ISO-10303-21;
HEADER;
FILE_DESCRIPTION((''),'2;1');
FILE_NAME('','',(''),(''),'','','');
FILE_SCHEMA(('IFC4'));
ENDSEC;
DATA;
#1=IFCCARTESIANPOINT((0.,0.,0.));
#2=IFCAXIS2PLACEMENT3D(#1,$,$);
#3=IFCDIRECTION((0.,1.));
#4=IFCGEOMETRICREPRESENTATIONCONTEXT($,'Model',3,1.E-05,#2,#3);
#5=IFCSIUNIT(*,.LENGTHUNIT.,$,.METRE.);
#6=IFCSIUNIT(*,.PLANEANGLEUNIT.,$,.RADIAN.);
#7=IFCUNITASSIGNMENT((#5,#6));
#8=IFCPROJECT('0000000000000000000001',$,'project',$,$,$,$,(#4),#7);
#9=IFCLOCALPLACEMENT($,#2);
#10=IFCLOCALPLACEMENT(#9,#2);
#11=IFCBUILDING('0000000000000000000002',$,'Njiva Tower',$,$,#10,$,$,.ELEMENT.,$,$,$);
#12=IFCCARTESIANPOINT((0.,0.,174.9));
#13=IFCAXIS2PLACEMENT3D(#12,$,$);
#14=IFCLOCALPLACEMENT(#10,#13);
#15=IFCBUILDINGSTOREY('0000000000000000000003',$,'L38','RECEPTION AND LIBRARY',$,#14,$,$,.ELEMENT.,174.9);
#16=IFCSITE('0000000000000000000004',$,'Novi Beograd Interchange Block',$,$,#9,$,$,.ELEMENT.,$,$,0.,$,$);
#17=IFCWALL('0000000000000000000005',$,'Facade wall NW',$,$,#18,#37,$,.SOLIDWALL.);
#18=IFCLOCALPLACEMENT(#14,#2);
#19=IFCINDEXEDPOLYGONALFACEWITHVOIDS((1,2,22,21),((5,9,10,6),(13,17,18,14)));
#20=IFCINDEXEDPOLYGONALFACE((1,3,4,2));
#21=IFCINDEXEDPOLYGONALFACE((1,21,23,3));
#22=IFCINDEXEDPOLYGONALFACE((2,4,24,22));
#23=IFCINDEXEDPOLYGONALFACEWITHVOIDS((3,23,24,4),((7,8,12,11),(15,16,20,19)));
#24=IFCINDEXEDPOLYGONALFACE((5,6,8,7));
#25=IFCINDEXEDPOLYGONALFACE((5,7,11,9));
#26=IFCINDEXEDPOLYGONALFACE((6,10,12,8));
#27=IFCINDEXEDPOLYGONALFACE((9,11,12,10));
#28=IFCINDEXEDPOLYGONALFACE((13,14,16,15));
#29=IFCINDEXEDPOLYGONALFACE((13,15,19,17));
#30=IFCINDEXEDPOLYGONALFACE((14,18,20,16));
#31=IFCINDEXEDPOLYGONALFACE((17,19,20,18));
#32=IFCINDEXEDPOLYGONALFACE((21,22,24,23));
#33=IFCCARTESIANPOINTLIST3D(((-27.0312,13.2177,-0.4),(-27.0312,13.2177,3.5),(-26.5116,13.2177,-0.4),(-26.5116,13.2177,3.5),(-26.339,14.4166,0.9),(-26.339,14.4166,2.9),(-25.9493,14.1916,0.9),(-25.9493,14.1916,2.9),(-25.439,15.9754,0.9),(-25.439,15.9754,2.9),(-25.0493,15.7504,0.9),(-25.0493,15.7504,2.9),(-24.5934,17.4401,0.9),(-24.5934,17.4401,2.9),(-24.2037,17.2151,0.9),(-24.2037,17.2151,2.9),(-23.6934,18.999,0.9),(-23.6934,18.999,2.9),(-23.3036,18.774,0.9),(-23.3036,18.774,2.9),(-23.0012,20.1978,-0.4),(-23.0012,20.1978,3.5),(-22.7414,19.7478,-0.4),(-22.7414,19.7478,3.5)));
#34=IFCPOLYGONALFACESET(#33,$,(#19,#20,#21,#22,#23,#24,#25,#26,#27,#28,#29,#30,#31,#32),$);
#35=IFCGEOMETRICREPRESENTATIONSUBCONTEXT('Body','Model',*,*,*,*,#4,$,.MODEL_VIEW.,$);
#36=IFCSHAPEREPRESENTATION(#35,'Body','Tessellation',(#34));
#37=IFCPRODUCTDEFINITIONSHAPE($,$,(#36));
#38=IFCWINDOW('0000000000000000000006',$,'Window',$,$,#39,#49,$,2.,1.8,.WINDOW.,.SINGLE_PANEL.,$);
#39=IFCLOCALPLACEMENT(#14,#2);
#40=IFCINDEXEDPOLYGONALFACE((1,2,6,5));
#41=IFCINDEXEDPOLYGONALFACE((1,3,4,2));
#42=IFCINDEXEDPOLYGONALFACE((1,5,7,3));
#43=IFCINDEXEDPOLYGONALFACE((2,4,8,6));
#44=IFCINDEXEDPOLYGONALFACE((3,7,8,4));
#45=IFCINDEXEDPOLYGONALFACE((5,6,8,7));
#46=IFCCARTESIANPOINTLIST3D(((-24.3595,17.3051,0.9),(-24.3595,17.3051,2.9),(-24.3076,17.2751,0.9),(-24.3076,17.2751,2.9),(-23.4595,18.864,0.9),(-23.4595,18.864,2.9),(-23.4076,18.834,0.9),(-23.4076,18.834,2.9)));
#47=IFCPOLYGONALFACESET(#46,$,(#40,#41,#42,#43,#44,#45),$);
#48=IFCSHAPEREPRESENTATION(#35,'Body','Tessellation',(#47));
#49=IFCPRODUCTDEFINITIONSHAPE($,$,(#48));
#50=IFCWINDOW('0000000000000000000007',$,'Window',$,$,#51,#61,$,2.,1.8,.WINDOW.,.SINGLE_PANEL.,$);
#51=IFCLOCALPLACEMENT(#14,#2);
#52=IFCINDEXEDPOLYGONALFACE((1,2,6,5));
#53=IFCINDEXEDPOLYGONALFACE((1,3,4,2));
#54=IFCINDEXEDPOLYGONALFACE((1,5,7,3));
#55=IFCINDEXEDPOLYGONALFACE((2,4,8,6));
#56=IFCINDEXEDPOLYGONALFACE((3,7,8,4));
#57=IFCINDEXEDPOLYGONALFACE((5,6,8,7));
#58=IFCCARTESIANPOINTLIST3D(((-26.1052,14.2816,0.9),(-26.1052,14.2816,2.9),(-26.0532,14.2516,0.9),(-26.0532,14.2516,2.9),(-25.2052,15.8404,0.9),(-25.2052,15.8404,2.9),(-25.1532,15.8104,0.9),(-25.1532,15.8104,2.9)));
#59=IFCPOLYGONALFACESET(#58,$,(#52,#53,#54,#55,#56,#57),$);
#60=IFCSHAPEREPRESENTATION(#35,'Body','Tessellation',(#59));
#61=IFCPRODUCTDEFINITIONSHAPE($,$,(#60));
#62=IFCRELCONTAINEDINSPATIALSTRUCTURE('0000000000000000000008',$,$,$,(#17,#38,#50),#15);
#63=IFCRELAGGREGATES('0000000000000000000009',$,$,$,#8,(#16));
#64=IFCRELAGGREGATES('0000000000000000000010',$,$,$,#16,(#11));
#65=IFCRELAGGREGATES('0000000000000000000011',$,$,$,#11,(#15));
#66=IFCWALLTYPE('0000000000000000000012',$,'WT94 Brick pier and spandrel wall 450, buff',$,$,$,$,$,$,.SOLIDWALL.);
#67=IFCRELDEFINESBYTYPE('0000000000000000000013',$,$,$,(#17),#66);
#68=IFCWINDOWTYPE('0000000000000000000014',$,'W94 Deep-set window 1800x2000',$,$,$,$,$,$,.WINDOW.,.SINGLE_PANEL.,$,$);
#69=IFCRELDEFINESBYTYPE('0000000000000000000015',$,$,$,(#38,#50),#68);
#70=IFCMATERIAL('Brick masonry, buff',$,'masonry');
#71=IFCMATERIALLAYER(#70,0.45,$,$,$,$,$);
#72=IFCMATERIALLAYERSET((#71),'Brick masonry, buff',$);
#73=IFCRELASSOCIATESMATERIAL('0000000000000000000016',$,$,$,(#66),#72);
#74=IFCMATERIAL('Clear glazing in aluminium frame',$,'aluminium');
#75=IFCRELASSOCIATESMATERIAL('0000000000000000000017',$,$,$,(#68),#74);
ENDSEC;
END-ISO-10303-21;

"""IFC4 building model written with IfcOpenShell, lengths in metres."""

from ifc_helpers import new_model, si_unit, direction, frame, frame_2d, origin, place, context, subcontext, project, spatial, polyline, rectangle, outline, extrude, material, layer, layer_set, type_object, element, fill, save


model = new_model("IFC4")

# Units and contexts
model_context = context("Model", 3, precision=1e-05, world=origin(), true_north=direction((0.0, 1.0)))
body_context = subcontext(model_context, "Body", "Model", "MODEL_VIEW")
ifc_project = project(units=[si_unit("LENGTHUNIT", "METRE"), si_unit("PLANEANGLEUNIT", "RADIAN")], contexts=[model_context])

# Site, building, storey
site_placement = place(None, origin())
site = spatial("IfcSite", under=ifc_project, at=site_placement, Name="Novi Beograd Interchange Block", CompositionType="ELEMENT", RefElevation=0.0)
building_placement = place(site_placement, origin())
building = spatial("IfcBuilding", under=site, at=building_placement, Name="Njiva Tower", CompositionType="ELEMENT")
storey_placement = place(building_placement, frame((0.0, 0.0, 174.9)))
storey = spatial("IfcBuildingStorey", under=building, at=storey_placement, Name="L38", Description="RECEPTION AND LIBRARY", CompositionType="ELEMENT", Elevation=174.9)

# Wall, openings, windows
ifc_material_1 = material(Name="Brick masonry, buff", Category="masonry")
ifc_layer_1 = layer(ifc_material_1, 0.45)
ifc_layer_set_1 = layer_set([ifc_layer_1], Name="Brick masonry, buff")
wall_type_1 = type_object("IfcWallType", Name="WT94 Brick pier and spandrel wall 450, buff", PredefinedType="SOLIDWALL", material=ifc_layer_set_1)
wall_1_placement = place(storey_placement, frame((-22.8713, 19.9728, -0.4), z_axis=(0.0, 0.0, 1.0), x_axis=(-0.500004, -0.866023, 0.0)))
wall_1 = element("IfcWall", 1, at=wall_1_placement, inside=storey, type_object=wall_type_1, Name="Facade wall NW", PredefinedType="SOLIDWALL", context=body_context, shape_type="SweptSolid", body=[
    extrude(outline(polyline([(-0.1299, -0.225), (7.93, -0.225), (7.6702, 0.225), (0.1299, 0.225), (-0.1299, -0.225)])), origin(), (0.0, 0.0, 1.0), 3.9),
])
opening_1_placement = place(wall_1_placement, frame((1.2544, 0.0, 1.3)))
opening_1 = element("IfcOpeningElement", 2, at=opening_1_placement, cuts=wall_1, PredefinedType="OPENING", context=body_context, shape_type="SweptSolid", body=[
    extrude(rectangle(XDim=1.8, YDim=2.0, at=frame_2d((0.9, 1.0))), frame((0.0, 0.235, 0.0), z_axis=(0.0, -1.0, 0.0), x_axis=(1.0, 0.0, 0.0)), (0.0, 0.0, 1.0), 0.47),
])
opening_2_placement = place(wall_1_placement, frame((4.7457, 0.0, 1.3)))
opening_2 = element("IfcOpeningElement", 3, at=opening_2_placement, cuts=wall_1, PredefinedType="OPENING", context=body_context, shape_type="SweptSolid", body=[
    extrude(rectangle(XDim=1.8, YDim=2.0, at=frame_2d((0.9, 1.0))), frame((0.0, 0.235, 0.0), z_axis=(0.0, -1.0, 0.0), x_axis=(1.0, 0.0, 0.0)), (0.0, 0.0, 1.0), 0.47),
])
ifc_material_2 = material(Name="Clear glazing in aluminium frame", Category="aluminium")
window_type = type_object("IfcWindowType", Name="W94 Deep-set window 1800x2000", PartitioningType="SINGLE_PANEL", PredefinedType="WINDOW", material=ifc_material_2)
window_1_placement = place(opening_1_placement, origin())
window_1 = element("IfcWindow", 4, at=window_1_placement, inside=storey, type_object=window_type, Name="Window", OverallHeight=2.0, OverallWidth=1.8, PartitioningType="SINGLE_PANEL", PredefinedType="WINDOW", context=body_context, shape_type="SweptSolid", body=[
    extrude(rectangle(XDim=1.8, YDim=2.0, at=frame_2d((0.9, 1.0))), frame((0.0, 0.105, 0.0), z_axis=(0.0, -1.0, 0.0), x_axis=(1.0, 0.0, 0.0)), (0.0, 0.0, 1.0), 0.06),
])
fill(opening_1, window_1)
window_2_placement = place(opening_2_placement, origin())
window_2 = element("IfcWindow", 5, at=window_2_placement, inside=storey, type_object=window_type, Name="Window", OverallHeight=2.0, OverallWidth=1.8, PartitioningType="SINGLE_PANEL", PredefinedType="WINDOW", context=body_context, shape_type="SweptSolid", body=[
    extrude(rectangle(XDim=1.8, YDim=2.0, at=frame_2d((0.9, 1.0))), frame((0.0, 0.105, 0.0), z_axis=(0.0, -1.0, 0.0), x_axis=(1.0, 0.0, 0.0)), (0.0, 0.0, 1.0), 0.06),
])
fill(opening_2, window_2)

save(model, "model.ifc")
